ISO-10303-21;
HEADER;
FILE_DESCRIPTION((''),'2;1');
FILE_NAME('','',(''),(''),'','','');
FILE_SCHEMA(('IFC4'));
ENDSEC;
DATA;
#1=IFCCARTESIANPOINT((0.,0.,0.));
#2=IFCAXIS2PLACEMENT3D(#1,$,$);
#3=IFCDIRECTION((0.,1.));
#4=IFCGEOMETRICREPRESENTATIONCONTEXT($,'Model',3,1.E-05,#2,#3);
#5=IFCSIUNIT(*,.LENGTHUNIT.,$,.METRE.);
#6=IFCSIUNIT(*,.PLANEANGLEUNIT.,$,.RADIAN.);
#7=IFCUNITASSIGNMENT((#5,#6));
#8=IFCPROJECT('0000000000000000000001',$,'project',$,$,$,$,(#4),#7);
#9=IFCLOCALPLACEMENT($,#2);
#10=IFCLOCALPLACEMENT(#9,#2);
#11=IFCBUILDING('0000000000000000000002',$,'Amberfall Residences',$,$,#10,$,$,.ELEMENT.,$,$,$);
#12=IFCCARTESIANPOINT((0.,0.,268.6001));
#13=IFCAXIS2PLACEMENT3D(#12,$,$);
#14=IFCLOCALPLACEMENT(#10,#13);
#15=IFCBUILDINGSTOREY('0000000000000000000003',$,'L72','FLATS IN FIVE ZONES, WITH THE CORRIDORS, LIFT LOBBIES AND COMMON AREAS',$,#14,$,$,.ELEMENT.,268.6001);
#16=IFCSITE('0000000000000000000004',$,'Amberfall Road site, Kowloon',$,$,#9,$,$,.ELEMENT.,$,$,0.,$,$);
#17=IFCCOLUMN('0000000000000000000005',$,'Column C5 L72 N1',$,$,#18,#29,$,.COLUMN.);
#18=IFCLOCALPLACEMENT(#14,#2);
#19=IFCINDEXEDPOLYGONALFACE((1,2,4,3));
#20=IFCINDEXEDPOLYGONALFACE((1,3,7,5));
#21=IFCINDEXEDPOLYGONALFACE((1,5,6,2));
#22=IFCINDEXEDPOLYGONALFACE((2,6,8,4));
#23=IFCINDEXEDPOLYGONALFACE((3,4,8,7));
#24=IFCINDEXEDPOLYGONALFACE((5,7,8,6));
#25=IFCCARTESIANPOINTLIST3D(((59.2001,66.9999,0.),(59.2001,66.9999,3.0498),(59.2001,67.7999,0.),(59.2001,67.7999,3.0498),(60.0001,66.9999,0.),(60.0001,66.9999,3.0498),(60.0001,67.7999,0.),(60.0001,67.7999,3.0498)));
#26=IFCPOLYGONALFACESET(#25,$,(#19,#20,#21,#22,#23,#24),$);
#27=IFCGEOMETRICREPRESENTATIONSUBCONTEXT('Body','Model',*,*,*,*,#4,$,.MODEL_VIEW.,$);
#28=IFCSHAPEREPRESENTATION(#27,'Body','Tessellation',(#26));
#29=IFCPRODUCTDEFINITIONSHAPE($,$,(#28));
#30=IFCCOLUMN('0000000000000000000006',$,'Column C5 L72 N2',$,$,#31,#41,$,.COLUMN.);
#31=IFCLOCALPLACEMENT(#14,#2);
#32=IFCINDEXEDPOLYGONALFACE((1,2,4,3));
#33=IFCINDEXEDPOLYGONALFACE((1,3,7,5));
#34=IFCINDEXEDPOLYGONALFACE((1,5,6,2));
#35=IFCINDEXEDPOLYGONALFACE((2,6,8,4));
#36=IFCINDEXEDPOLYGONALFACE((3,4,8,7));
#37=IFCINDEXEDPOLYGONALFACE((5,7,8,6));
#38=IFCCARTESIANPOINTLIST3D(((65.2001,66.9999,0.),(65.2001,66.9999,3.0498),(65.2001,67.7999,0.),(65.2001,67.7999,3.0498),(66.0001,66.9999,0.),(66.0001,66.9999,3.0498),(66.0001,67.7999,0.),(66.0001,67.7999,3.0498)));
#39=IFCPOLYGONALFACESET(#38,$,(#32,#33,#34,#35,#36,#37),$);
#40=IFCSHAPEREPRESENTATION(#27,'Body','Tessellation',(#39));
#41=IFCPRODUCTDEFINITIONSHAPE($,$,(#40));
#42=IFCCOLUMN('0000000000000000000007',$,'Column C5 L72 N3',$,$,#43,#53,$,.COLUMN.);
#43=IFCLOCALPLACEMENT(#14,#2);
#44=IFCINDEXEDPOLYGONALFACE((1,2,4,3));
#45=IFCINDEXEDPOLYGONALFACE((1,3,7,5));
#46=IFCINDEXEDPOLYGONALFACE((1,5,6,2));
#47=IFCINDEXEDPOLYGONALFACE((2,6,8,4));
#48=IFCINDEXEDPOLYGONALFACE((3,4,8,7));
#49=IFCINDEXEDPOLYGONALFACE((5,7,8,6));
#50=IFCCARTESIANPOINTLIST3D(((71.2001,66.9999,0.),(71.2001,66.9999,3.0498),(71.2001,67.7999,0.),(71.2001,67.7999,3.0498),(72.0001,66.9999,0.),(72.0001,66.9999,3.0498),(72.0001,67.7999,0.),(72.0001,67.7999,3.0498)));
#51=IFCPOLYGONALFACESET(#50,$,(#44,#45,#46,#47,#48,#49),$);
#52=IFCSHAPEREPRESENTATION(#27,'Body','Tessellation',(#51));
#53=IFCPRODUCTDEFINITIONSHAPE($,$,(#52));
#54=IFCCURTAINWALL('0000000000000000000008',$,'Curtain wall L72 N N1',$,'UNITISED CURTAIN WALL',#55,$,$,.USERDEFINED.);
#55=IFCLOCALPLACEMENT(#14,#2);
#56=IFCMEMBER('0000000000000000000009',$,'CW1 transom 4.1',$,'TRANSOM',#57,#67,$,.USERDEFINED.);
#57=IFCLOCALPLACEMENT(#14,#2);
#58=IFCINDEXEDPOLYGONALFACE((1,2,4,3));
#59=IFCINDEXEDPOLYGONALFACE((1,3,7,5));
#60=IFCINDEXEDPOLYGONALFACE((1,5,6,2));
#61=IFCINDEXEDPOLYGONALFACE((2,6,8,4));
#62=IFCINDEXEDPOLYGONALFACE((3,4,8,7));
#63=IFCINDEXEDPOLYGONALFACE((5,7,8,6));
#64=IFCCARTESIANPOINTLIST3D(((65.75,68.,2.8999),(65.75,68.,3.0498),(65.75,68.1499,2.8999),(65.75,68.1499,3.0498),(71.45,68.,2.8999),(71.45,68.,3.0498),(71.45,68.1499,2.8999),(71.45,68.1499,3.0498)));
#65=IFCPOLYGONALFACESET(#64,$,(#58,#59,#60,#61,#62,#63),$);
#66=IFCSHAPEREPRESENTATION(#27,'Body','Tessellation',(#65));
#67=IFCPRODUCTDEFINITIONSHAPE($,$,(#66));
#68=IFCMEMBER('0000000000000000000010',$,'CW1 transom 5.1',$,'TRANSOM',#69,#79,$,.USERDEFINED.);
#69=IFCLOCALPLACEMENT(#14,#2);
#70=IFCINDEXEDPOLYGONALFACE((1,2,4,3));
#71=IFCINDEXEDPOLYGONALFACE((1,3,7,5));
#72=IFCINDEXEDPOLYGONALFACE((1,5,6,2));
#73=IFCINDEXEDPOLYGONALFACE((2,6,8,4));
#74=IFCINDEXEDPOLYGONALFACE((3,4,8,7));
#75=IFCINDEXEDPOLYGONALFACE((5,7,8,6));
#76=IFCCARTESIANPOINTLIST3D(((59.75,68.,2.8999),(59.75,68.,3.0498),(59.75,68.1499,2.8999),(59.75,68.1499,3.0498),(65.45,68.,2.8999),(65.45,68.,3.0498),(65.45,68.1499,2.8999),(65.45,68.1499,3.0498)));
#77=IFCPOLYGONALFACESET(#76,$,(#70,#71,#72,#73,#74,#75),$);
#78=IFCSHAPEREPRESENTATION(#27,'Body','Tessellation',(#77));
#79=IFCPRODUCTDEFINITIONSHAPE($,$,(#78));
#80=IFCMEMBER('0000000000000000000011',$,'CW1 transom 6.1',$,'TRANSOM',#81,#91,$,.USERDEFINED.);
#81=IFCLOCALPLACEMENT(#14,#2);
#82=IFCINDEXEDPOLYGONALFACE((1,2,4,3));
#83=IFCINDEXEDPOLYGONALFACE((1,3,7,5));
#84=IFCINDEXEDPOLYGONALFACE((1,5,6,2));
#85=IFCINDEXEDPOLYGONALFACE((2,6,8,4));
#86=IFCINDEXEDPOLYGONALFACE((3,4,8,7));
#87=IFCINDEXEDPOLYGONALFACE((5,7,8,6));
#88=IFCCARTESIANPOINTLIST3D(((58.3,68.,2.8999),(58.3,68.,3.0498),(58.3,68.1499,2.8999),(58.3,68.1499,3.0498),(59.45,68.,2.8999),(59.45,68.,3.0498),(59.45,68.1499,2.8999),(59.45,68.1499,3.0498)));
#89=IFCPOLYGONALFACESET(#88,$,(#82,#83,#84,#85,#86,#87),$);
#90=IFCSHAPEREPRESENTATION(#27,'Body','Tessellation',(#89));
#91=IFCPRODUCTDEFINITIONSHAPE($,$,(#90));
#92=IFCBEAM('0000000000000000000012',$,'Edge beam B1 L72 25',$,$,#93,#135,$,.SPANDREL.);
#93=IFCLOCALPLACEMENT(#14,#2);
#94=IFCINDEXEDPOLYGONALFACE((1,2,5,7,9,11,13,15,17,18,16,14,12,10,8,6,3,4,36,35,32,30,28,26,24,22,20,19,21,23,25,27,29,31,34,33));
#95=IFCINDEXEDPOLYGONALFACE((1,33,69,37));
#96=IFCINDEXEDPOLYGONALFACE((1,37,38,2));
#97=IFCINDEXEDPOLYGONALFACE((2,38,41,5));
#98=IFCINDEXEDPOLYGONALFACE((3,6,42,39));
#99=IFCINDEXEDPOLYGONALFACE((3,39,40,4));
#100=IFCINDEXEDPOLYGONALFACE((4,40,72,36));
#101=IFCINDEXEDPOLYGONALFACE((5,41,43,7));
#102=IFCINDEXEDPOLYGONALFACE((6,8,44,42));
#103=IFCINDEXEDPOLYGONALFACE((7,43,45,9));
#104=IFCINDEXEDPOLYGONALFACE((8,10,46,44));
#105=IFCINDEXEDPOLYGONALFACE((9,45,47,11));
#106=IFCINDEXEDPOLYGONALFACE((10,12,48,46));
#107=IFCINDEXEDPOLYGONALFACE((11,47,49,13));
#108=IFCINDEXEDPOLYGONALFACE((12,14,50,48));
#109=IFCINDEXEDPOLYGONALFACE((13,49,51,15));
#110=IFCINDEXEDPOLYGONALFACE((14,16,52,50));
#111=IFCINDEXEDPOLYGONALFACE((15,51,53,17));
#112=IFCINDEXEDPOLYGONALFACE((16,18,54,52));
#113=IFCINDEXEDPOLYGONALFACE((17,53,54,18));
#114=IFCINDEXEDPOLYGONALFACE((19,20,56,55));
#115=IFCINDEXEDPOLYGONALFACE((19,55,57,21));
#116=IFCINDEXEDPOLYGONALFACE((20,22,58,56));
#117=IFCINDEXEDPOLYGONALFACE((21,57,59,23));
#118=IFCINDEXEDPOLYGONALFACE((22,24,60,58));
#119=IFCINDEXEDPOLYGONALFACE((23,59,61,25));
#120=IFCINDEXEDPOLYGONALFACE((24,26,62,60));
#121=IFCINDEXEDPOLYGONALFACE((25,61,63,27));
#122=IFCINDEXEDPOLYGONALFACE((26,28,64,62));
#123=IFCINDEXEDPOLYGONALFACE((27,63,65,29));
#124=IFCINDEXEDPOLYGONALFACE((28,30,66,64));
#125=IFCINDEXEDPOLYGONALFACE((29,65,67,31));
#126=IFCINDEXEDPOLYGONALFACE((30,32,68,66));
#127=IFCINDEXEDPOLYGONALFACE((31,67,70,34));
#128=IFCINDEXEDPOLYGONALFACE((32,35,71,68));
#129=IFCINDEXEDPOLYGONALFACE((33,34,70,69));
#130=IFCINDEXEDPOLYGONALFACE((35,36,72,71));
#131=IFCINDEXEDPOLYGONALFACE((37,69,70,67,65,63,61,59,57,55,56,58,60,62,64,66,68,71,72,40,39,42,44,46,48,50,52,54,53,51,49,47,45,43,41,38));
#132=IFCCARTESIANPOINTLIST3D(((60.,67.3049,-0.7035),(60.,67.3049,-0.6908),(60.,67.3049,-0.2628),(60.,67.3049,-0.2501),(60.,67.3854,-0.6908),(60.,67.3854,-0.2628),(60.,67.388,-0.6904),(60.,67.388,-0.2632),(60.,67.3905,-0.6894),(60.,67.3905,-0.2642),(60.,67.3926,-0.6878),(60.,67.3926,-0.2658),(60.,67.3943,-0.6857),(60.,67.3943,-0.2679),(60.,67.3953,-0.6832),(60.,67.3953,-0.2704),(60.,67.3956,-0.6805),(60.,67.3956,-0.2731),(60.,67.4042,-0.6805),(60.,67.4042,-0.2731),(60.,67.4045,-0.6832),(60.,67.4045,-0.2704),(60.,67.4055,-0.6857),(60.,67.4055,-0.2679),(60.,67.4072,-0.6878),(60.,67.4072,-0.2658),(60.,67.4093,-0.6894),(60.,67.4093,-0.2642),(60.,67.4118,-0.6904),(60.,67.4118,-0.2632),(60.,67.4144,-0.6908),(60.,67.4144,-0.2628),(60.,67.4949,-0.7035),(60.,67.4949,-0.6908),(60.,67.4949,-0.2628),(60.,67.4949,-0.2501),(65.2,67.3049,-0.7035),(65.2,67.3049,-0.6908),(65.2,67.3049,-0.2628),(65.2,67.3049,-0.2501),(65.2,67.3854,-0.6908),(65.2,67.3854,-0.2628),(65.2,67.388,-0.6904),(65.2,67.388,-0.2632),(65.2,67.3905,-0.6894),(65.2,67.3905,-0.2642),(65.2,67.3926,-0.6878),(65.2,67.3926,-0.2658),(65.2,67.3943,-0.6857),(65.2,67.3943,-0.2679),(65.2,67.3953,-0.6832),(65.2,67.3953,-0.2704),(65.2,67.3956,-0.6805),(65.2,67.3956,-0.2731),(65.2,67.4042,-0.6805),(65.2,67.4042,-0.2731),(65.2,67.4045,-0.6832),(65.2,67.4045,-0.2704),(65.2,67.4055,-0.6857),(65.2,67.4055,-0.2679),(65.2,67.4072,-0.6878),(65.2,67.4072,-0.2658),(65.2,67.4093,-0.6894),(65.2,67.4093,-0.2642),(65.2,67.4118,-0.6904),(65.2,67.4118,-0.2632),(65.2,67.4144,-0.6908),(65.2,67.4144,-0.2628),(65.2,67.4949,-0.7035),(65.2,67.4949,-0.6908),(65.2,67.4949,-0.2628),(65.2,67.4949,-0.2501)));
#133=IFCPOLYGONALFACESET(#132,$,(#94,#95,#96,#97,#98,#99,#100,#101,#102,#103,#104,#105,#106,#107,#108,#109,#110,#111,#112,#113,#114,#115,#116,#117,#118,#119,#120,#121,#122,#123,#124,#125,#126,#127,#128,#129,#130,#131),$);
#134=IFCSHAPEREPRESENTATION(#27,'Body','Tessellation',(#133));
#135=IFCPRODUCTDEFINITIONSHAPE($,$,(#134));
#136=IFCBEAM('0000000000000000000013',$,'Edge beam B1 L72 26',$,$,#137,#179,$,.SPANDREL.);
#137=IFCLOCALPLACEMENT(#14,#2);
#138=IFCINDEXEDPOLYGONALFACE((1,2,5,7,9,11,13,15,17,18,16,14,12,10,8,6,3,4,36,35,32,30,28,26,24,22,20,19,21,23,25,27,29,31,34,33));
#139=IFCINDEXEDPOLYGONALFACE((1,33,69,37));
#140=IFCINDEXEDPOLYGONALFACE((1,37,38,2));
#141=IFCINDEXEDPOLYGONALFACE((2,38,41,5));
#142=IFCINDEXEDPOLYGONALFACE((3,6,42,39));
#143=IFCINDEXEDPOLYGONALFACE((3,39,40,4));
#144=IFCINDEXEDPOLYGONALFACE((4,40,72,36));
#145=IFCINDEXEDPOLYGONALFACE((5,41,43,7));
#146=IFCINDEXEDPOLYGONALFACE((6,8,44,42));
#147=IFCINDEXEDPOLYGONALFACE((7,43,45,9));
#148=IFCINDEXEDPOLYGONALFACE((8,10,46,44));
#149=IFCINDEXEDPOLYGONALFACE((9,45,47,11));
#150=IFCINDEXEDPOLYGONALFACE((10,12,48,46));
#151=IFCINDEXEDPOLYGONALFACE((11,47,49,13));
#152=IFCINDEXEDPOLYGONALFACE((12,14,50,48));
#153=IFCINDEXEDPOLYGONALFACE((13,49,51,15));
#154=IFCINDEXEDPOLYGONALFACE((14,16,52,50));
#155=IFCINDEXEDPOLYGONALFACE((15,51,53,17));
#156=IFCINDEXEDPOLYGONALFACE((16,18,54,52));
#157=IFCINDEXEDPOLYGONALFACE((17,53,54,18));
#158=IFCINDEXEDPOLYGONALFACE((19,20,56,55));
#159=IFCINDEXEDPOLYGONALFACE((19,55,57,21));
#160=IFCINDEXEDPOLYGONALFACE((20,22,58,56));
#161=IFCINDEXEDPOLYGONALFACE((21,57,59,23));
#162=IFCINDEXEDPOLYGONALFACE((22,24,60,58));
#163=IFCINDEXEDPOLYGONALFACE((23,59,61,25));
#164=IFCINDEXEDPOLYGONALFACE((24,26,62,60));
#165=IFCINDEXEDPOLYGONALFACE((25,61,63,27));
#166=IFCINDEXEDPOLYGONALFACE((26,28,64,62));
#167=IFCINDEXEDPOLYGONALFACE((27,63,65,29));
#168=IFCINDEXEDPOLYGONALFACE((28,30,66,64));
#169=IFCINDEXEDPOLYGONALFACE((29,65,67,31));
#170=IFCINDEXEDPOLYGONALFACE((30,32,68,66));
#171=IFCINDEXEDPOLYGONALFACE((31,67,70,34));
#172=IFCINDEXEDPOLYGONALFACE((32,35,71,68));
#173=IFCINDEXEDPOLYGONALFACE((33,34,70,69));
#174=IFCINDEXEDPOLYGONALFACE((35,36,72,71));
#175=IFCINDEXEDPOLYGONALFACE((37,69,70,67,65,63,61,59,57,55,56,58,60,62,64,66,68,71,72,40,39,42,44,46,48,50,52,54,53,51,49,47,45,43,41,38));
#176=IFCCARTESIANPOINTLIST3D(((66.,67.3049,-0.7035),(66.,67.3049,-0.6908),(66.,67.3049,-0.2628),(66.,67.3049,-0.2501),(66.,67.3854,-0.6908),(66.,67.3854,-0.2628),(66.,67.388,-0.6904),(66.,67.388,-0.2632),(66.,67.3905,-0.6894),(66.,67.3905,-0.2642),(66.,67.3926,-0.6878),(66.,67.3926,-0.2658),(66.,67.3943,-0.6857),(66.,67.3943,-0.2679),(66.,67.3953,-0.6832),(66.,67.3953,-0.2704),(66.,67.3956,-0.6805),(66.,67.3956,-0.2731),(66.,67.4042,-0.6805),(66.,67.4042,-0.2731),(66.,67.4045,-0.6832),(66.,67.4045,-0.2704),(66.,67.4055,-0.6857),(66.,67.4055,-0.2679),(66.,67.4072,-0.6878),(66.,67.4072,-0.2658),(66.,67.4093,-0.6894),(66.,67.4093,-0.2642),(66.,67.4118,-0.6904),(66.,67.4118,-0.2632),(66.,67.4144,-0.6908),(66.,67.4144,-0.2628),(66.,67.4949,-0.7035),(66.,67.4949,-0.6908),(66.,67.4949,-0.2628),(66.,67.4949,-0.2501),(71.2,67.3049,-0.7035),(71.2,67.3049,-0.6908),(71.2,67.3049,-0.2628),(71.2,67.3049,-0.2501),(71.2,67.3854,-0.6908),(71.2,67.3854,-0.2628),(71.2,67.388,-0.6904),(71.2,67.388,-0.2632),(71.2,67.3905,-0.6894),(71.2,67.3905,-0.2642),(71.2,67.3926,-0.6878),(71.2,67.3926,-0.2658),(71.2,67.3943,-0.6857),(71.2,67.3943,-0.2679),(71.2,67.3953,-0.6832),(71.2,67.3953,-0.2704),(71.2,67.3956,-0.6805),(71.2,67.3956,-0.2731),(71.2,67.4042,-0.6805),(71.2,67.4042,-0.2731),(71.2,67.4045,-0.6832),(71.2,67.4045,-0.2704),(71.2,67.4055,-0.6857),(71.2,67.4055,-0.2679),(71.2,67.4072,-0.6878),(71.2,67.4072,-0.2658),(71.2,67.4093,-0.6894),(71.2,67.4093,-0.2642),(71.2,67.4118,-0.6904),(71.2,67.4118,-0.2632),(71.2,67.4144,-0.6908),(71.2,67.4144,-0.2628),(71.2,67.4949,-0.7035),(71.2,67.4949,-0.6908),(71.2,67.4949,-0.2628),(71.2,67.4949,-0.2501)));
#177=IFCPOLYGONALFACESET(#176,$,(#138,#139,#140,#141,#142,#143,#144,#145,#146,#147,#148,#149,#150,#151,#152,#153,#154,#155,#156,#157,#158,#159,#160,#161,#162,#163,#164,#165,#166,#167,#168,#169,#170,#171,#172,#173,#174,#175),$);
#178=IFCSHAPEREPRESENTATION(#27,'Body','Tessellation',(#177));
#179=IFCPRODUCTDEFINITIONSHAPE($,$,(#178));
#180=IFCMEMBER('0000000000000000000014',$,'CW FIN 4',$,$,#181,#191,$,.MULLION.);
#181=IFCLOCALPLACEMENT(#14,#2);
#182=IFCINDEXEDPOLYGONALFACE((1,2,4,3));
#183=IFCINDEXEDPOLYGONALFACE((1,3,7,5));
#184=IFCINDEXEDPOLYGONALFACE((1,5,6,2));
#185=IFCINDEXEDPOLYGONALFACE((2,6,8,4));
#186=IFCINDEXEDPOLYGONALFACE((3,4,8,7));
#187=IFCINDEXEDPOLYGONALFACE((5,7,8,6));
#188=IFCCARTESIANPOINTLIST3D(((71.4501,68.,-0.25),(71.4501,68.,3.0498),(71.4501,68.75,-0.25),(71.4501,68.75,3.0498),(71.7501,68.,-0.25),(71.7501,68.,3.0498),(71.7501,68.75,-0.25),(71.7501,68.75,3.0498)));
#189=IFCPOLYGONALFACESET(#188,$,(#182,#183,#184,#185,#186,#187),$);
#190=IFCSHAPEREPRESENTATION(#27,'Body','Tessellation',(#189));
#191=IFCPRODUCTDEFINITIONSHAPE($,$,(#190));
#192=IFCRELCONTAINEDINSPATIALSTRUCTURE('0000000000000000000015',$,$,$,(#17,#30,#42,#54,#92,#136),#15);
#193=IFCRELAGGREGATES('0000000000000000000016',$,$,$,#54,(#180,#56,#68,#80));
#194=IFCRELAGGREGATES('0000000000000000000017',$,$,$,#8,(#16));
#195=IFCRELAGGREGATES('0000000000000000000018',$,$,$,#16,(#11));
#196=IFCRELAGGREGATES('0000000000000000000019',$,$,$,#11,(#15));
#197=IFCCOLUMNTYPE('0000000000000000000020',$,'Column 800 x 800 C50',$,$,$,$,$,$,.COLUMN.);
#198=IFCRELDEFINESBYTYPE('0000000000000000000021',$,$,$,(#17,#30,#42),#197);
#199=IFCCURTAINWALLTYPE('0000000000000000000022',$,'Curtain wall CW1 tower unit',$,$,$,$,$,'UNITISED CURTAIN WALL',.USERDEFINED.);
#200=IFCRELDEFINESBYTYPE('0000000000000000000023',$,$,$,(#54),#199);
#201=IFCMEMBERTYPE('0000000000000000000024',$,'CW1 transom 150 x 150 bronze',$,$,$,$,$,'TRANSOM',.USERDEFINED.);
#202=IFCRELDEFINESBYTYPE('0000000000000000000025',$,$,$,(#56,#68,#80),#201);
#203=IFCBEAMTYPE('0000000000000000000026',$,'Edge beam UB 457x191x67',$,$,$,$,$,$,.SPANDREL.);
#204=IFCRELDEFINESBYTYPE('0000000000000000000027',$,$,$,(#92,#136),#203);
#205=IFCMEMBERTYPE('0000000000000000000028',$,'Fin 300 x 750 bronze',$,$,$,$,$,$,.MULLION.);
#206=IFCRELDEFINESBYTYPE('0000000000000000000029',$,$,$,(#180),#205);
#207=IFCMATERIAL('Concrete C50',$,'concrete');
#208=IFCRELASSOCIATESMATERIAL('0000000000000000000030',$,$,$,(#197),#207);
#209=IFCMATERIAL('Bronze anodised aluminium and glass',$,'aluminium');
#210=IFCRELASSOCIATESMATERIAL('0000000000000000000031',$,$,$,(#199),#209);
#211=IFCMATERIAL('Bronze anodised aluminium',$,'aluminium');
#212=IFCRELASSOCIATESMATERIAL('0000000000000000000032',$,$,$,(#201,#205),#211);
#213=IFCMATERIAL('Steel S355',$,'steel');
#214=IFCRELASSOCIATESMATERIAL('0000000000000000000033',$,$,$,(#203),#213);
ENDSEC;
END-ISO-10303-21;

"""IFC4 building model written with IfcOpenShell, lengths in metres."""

from ifc_helpers import new_model, si_unit, direction, frame, origin, origin_2d, place, context, subcontext, project, spatial, rectangle, i_section, extrude, material, material_profile, profile_set, type_object, element, aggregate, save


model = new_model("IFC4")

# Units and contexts
model_context = context("Model", 3, precision=1e-05, world=origin(), true_north=direction((0.0, 1.0)))
body_context = subcontext(model_context, "Body", "Model", "MODEL_VIEW")
ifc_project = project(units=[si_unit("LENGTHUNIT", "METRE"), si_unit("PLANEANGLEUNIT", "RADIAN")], contexts=[model_context])

# Site, building, storey
site_placement = place(None, origin())
site = spatial("IfcSite", under=ifc_project, at=site_placement, Name="Amberfall Road site, Kowloon", CompositionType="ELEMENT", RefElevation=0.0)
building_placement = place(site_placement, origin())
building = spatial("IfcBuilding", under=site, at=building_placement, Name="Amberfall Residences", CompositionType="ELEMENT")
storey_placement = place(building_placement, frame((0.0, 0.0, 268.6001)))
storey = spatial("IfcBuildingStorey", under=building, at=storey_placement, Name="L72", Description="FLATS IN FIVE ZONES, WITH THE CORRIDORS, LIFT LOBBIES AND COMMON AREAS", CompositionType="ELEMENT", Elevation=268.6001)

# Columns
ifc_material_1 = material(Name="Concrete C50", Category="concrete")
ifc_material_profile_1 = material_profile(ifc_material_1, rectangle(XDim=0.8, YDim=0.8, at=origin_2d()), Name="Column 800 x 800 C50")
ifc_profile_set_1 = profile_set([ifc_material_profile_1], Name="Concrete C50")
column_type = type_object("IfcColumnType", Name="Column 800 x 800 C50", PredefinedType="COLUMN", material=ifc_profile_set_1)
for number, where, z_axis, x_axis, name in (
    (1, (59.6001, 67.3999, 0.0), (0.0, 0.0, 1.0), (1.0, 0.0, 0.0), "Column C5 L72 N1"),
    (2, (65.6001, 67.3999, 0.0), (0.0, 0.0, 1.0), (1.0, 0.0, 0.0), "Column C5 L72 N2"),
    (3, (71.6001, 67.3999, 0.0), (0.0, 0.0, 1.0), (1.0, 0.0, 0.0), "Column C5 L72 N3"),
):
    element("IfcColumn", number, at=place(storey_placement, frame(where, z_axis=z_axis, x_axis=x_axis)), inside=storey, type_object=column_type, Name=name, PredefinedType="COLUMN", context=body_context, shape_type="SweptSolid", body=[
        extrude(rectangle(XDim=0.8, YDim=0.8, at=origin_2d()), origin(), (0.0, 0.0, 1.0), 3.0498),
    ])

# Curtain wall, members
ifc_material_2 = material(Name="Bronze anodised aluminium and glass", Category="aluminium")
curtain_wall_type = type_object("IfcCurtainWallType", Name="Curtain wall CW1 tower unit", ElementType="UNITISED CURTAIN WALL", PredefinedType="USERDEFINED", material=ifc_material_2)
curtain_wall_placement = place(storey_placement, origin())
curtain_wall = element("IfcCurtainWall", 4, at=curtain_wall_placement, inside=storey, type_object=curtain_wall_type, Name="Curtain wall L72 N N1", ObjectType="UNITISED CURTAIN WALL", PredefinedType="USERDEFINED")
ifc_material_3 = material(Name="Bronze anodised aluminium", Category="aluminium")
ifc_material_profile_2 = material_profile(ifc_material_3, rectangle(XDim=0.1499, YDim=0.1499, at=origin_2d()), Name="CW1 transom 150 x 150 bronze")
ifc_profile_set_2 = profile_set([ifc_material_profile_2], Name="Bronze anodised aluminium")
member_type_1 = type_object("IfcMemberType", Name="CW1 transom 150 x 150 bronze", ElementType="TRANSOM", PredefinedType="USERDEFINED", material=ifc_profile_set_2)
member_1_placement = place(storey_placement, frame((71.45, 68.075, 2.9749), z_axis=(-1.0, 0.0, 0.0), x_axis=(0.0, -1.0, 0.0)))
member_1 = element("IfcMember", 5, at=member_1_placement, type_object=member_type_1, Name="CW1 transom 4.1", ObjectType="TRANSOM", PredefinedType="USERDEFINED", context=body_context, shape_type="SweptSolid", body=[
    extrude(rectangle(XDim=0.1499, YDim=0.1499, at=origin_2d()), origin(), (0.0, 0.0, 1.0), 5.7),
])
member_2_placement = place(storey_placement, frame((65.45, 68.075, 2.9749), z_axis=(-1.0, 0.0, 0.0), x_axis=(0.0, -1.0, 0.0)))
member_2 = element("IfcMember", 6, at=member_2_placement, type_object=member_type_1, Name="CW1 transom 5.1", ObjectType="TRANSOM", PredefinedType="USERDEFINED", context=body_context, shape_type="SweptSolid", body=[
    extrude(rectangle(XDim=0.1499, YDim=0.1499, at=origin_2d()), origin(), (0.0, 0.0, 1.0), 5.7),
])
member_3_placement = place(storey_placement, frame((59.45, 68.075, 2.9749), z_axis=(-1.0, 0.0, 0.0), x_axis=(0.0, -1.0, 0.0)))
member_3 = element("IfcMember", 7, at=member_3_placement, type_object=member_type_1, Name="CW1 transom 6.1", ObjectType="TRANSOM", PredefinedType="USERDEFINED", context=body_context, shape_type="SweptSolid", body=[
    extrude(rectangle(XDim=0.1499, YDim=0.1499, at=origin_2d()), origin(), (0.0, 0.0, 1.0), 1.1499),
])

# Beams
ifc_material_4 = material(Name="Steel S355", Category="steel")
ifc_material_profile_3 = material_profile(ifc_material_4, i_section(OverallWidth=0.1899, OverallDepth=0.4534, WebThickness=0.0085, FlangeThickness=0.0127, FilletRadius=0.0103, at=origin_2d()), Name="UB 457x191x67")
ifc_profile_set_3 = profile_set([ifc_material_profile_3], Name="Steel S355")
beam_type_1 = type_object("IfcBeamType", Name="Edge beam UB 457x191x67", PredefinedType="SPANDREL", material=ifc_profile_set_3)
for number, where, z_axis, x_axis, name in (
    (8, (60.0, 67.3999, -0.4768), (1.0, 0.0, 0.0), (0.0, 1.0, 0.0), "Edge beam B1 L72 25"),
    (9, (66.0, 67.3999, -0.4768), (1.0, 0.0, 0.0), (0.0, 1.0, 0.0), "Edge beam B1 L72 26"),
):
    element("IfcBeam", number, at=place(storey_placement, frame(where, z_axis=z_axis, x_axis=x_axis)), inside=storey, type_object=beam_type_1, Name=name, PredefinedType="SPANDREL", context=body_context, shape_type="SweptSolid", body=[
        extrude(i_section(OverallWidth=0.1899, OverallDepth=0.4534, WebThickness=0.0085, FlangeThickness=0.0127, FilletRadius=0.0103, at=origin_2d()), origin(), (0.0, 0.0, 1.0), 5.2),
    ])

# Member
ifc_material_profile_4 = material_profile(ifc_material_3, rectangle(XDim=0.75, YDim=0.3, at=origin_2d()), Name="Fin 300 x 750 bronze")
ifc_profile_set_4 = profile_set([ifc_material_profile_4], Name="Bronze anodised aluminium")
member_type_2 = type_object("IfcMemberType", Name="Fin 300 x 750 bronze", PredefinedType="MULLION", material=ifc_profile_set_4)
member_4_placement = place(storey_placement, frame((71.6001, 68.375, -0.25), z_axis=(0.0, 0.0, 1.0), x_axis=(0.0, -1.0, 0.0)))
member_4 = element("IfcMember", 10, at=member_4_placement, type_object=member_type_2, Name="CW FIN 4", PredefinedType="MULLION", context=body_context, shape_type="SweptSolid", body=[
    extrude(rectangle(XDim=0.75, YDim=0.3, at=origin_2d()), origin(), (0.0, 0.0, 1.0), 3.2998),
])

aggregate(curtain_wall, [member_4, member_1, member_2, member_3])

save(model, "model.ifc")
